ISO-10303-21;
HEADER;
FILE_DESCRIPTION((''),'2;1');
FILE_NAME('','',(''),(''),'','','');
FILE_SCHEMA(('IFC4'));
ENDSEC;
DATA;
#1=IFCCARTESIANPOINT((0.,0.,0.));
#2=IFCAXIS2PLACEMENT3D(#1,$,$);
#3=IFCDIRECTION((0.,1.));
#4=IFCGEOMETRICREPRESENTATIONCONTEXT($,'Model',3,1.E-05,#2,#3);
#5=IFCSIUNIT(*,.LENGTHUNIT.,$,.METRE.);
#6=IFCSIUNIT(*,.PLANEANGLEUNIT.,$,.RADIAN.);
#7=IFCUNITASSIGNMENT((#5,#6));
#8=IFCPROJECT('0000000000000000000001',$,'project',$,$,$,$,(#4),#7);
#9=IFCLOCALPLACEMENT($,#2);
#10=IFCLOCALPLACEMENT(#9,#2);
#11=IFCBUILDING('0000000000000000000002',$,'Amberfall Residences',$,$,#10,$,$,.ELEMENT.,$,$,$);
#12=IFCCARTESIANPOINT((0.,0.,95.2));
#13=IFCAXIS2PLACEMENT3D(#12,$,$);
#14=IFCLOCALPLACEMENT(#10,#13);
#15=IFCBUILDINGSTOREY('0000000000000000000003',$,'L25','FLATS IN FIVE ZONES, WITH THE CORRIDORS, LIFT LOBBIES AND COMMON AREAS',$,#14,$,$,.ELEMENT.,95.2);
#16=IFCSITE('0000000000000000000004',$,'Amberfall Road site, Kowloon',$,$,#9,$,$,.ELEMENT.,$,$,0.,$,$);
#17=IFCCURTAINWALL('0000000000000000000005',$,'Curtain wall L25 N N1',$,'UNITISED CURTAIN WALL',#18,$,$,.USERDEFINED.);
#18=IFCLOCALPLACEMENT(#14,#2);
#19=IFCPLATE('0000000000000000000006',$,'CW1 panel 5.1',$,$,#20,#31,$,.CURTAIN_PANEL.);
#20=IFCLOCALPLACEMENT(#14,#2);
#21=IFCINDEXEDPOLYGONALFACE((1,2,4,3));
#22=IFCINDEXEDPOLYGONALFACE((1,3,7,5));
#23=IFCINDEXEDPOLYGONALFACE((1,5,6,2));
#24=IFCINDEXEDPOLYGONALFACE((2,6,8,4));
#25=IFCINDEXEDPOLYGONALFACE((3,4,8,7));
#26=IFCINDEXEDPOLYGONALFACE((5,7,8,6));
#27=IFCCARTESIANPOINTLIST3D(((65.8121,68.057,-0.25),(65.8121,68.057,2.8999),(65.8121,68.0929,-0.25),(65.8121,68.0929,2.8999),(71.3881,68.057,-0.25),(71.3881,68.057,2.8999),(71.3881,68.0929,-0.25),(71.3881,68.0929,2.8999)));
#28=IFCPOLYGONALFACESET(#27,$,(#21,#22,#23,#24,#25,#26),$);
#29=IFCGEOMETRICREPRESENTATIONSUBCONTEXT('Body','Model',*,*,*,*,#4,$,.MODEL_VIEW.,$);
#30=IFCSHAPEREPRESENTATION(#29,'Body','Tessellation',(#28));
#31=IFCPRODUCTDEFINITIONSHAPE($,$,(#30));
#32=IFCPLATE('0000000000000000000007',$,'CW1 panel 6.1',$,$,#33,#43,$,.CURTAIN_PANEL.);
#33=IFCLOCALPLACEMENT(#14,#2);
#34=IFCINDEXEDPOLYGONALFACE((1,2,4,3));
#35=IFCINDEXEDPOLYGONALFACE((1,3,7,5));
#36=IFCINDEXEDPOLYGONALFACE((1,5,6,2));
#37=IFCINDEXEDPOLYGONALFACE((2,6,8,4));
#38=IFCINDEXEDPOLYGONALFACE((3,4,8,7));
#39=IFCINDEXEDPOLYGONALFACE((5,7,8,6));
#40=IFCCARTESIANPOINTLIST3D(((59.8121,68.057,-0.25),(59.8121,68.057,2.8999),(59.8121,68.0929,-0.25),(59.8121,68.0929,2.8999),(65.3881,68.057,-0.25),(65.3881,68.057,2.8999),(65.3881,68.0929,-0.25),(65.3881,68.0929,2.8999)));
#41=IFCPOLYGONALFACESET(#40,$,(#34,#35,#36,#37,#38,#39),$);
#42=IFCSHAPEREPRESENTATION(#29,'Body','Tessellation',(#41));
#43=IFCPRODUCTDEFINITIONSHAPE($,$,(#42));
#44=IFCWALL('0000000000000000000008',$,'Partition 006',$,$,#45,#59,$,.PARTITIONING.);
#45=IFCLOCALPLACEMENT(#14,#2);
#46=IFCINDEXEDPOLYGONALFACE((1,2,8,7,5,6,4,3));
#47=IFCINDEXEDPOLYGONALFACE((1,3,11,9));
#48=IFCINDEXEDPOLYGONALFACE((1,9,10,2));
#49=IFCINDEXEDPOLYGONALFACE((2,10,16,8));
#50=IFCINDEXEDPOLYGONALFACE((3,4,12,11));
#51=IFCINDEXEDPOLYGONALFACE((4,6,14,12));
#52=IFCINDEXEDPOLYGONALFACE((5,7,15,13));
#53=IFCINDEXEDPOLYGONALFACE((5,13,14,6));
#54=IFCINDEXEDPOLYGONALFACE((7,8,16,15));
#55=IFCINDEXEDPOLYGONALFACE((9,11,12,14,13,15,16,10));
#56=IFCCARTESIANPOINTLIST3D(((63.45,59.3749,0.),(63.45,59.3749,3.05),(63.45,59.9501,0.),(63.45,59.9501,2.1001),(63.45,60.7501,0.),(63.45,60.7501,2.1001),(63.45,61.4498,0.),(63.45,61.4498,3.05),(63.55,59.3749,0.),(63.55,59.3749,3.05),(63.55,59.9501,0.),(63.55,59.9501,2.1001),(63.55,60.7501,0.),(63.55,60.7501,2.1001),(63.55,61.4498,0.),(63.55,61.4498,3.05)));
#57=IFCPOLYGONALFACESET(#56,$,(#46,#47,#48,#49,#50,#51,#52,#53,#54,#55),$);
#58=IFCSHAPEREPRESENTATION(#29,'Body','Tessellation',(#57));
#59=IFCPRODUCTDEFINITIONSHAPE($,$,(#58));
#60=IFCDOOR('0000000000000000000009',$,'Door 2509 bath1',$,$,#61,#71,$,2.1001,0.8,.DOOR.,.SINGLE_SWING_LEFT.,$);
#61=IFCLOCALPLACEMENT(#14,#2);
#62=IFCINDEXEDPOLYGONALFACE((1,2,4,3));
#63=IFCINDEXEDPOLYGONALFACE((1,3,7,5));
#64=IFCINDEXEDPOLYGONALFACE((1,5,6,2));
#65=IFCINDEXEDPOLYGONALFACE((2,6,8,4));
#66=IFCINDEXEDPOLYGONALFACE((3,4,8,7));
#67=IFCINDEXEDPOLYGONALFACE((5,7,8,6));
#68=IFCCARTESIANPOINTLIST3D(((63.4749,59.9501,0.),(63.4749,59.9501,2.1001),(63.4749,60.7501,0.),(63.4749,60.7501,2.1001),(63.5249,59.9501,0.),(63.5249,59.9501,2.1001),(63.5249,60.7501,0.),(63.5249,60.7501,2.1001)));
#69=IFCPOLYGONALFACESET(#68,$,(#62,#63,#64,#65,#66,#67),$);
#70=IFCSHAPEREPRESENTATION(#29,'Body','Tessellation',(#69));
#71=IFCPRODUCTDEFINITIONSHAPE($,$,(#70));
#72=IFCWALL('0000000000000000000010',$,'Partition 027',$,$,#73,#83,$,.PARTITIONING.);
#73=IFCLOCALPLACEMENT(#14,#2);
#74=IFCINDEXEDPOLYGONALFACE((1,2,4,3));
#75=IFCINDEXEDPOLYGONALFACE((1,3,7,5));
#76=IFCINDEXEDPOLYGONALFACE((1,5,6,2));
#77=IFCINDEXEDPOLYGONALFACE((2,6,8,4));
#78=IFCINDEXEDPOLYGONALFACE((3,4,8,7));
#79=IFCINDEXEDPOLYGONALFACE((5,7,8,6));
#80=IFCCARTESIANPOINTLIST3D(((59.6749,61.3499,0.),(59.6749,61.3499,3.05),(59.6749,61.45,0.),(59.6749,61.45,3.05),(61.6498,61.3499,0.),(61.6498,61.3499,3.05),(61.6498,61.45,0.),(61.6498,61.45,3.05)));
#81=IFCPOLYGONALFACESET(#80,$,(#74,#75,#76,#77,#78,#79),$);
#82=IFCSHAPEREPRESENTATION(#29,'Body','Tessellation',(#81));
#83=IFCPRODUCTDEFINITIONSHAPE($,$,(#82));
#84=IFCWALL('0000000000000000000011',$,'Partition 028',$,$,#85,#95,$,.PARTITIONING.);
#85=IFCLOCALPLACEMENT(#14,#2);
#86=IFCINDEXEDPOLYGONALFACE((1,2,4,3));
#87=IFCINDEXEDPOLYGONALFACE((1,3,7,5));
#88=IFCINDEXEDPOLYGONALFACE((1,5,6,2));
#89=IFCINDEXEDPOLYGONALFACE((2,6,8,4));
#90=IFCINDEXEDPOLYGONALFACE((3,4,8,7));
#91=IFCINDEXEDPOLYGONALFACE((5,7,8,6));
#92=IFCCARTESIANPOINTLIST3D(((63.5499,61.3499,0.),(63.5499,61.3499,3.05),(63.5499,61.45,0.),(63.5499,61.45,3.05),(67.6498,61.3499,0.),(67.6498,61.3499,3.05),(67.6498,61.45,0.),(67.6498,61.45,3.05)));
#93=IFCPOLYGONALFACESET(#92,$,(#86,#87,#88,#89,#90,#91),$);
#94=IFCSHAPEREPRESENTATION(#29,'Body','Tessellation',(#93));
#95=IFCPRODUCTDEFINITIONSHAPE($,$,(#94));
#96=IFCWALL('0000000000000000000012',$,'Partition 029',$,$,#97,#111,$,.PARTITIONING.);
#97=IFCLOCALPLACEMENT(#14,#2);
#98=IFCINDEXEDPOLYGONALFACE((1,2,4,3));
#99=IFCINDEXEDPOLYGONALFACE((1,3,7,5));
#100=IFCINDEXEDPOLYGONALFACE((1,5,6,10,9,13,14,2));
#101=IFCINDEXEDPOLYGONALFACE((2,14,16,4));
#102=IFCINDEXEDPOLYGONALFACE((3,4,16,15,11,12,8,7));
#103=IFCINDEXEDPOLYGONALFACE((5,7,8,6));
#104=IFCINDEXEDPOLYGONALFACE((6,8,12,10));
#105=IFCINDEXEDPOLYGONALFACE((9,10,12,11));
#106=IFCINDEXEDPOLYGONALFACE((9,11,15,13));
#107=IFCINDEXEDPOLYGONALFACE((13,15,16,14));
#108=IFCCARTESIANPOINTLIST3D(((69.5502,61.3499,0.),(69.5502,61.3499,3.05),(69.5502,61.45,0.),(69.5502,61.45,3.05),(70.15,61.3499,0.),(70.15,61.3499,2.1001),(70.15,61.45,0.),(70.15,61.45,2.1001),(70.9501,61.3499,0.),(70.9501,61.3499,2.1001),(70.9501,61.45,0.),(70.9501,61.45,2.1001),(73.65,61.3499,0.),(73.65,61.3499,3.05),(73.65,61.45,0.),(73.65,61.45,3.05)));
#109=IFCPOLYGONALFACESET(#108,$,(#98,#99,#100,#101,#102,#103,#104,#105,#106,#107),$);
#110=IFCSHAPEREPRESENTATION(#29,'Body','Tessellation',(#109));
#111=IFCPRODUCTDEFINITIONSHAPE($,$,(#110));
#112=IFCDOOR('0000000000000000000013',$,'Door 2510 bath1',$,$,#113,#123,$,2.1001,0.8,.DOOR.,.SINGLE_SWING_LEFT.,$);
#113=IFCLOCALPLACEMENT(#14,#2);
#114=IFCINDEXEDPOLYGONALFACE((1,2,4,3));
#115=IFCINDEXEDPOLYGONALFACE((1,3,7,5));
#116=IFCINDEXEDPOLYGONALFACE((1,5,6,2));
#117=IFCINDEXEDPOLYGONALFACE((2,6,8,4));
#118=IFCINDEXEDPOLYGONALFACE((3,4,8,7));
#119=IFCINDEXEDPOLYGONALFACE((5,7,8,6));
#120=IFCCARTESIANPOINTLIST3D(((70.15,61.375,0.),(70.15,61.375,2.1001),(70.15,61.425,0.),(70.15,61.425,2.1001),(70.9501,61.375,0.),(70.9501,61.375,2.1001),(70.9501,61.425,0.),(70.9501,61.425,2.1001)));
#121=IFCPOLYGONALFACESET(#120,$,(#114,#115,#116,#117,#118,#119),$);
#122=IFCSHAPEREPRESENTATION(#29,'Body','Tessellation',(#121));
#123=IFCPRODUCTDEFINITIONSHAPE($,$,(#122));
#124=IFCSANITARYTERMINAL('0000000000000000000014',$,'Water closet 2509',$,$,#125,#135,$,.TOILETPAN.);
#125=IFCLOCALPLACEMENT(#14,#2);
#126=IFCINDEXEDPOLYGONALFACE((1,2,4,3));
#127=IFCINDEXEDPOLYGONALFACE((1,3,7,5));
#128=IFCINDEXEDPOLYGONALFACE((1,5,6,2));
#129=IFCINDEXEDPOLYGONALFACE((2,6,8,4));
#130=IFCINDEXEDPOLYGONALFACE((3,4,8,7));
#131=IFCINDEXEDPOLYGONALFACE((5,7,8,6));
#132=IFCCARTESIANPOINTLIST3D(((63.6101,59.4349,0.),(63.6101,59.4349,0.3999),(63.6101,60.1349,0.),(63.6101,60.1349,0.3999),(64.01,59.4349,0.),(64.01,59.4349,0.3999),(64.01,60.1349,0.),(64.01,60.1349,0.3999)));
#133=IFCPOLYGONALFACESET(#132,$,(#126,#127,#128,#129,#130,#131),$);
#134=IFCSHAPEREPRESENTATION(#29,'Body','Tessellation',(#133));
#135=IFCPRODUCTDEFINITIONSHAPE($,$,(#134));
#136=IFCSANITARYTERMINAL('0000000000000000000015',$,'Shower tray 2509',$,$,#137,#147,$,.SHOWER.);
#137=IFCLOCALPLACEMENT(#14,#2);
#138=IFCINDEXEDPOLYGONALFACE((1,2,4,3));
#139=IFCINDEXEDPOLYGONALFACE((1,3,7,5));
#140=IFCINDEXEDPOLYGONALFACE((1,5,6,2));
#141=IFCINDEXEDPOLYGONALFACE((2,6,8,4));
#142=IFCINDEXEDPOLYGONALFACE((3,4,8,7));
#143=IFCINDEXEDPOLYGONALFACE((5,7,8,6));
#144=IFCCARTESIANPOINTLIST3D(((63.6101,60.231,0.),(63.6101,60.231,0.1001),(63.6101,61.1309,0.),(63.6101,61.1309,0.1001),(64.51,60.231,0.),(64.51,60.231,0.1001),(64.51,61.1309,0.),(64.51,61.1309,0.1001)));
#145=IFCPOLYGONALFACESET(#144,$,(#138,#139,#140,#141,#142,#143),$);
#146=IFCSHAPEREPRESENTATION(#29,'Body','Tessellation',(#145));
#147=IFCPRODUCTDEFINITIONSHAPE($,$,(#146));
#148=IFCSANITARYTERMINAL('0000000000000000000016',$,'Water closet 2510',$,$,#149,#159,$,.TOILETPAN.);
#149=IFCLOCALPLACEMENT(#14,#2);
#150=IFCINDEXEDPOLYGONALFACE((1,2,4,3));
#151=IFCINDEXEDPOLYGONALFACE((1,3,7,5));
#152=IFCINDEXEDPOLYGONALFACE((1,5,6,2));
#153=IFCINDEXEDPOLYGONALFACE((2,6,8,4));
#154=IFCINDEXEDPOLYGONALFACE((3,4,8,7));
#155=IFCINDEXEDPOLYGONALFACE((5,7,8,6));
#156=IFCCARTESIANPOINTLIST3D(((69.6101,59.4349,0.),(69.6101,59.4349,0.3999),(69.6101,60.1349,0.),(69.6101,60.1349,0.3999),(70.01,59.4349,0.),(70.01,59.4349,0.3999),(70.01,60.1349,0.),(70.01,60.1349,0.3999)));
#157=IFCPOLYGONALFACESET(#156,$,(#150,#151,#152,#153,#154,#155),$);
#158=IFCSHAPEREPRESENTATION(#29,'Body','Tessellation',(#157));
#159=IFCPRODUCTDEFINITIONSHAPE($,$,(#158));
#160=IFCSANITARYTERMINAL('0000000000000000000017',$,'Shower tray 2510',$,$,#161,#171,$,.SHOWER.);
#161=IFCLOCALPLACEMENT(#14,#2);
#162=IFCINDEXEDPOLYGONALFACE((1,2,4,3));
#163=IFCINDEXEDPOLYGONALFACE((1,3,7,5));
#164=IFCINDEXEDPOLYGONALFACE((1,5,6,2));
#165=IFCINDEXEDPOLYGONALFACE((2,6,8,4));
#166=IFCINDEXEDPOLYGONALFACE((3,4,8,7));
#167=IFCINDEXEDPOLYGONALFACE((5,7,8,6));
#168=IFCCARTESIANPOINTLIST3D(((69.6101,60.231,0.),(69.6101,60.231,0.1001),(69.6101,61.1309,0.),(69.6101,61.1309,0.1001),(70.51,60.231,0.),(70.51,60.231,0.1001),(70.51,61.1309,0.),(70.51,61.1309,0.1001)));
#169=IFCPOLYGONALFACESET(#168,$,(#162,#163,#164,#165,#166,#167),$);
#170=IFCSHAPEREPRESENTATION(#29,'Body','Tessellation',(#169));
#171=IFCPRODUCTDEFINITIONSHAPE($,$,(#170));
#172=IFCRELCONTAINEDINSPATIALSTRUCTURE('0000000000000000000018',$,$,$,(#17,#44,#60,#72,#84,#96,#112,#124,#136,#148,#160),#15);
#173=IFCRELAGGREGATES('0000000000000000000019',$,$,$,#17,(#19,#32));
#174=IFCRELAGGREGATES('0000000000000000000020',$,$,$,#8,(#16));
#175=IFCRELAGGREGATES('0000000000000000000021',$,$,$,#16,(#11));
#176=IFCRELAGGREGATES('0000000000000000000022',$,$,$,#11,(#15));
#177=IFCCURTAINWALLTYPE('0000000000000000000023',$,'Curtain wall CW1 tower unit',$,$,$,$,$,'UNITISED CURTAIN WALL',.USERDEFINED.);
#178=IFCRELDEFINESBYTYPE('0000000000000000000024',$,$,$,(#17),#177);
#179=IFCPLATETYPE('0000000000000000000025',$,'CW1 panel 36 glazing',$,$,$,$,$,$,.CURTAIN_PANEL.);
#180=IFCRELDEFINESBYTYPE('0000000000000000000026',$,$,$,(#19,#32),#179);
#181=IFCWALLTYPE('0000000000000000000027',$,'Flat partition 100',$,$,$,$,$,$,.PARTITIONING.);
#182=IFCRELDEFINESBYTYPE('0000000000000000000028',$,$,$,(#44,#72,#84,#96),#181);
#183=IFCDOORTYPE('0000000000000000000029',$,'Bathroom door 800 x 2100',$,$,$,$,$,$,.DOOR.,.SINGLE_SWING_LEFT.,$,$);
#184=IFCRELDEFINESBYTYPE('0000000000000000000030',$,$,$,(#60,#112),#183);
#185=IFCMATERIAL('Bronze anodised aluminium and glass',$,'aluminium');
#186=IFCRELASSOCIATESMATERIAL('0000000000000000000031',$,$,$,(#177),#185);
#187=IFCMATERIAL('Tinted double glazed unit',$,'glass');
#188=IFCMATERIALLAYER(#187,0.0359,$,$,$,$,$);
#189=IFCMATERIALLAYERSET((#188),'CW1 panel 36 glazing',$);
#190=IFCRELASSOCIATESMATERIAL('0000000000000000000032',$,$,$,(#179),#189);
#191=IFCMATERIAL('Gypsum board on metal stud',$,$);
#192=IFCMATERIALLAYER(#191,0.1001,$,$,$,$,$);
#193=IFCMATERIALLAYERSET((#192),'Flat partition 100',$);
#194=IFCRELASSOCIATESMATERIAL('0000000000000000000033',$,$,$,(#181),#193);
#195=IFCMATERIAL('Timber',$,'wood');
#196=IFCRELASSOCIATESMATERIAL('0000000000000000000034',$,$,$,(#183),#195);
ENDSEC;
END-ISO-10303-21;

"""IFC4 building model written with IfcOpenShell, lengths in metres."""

from ifc_helpers import new_model, si_unit, direction, frame, frame_2d, origin, origin_2d, place, context, subcontext, project, spatial, rectangle, extrude, material, layer, layer_set, type_object, element, fill, aggregate, save


model = new_model("IFC4")

# Units and contexts
model_context = context("Model", 3, precision=1e-05, world=origin(), true_north=direction((0.0, 1.0)))
body_context = subcontext(model_context, "Body", "Model", "MODEL_VIEW")
ifc_project = project(units=[si_unit("LENGTHUNIT", "METRE"), si_unit("PLANEANGLEUNIT", "RADIAN")], contexts=[model_context])

# Site, building, storey
site_placement = place(None, origin())
site = spatial("IfcSite", under=ifc_project, at=site_placement, Name="Amberfall Road site, Kowloon", CompositionType="ELEMENT", RefElevation=0.0)
building_placement = place(site_placement, origin())
building = spatial("IfcBuilding", under=site, at=building_placement, Name="Amberfall Residences", CompositionType="ELEMENT")
storey_placement = place(building_placement, frame((0.0, 0.0, 95.2)))
storey = spatial("IfcBuildingStorey", under=building, at=storey_placement, Name="L25", Description="FLATS IN FIVE ZONES, WITH THE CORRIDORS, LIFT LOBBIES AND COMMON AREAS", CompositionType="ELEMENT", Elevation=95.2)

# Curtain wall
ifc_material_1 = material(Name="Bronze anodised aluminium and glass", Category="aluminium")
curtain_wall_type = type_object("IfcCurtainWallType", Name="Curtain wall CW1 tower unit", ElementType="UNITISED CURTAIN WALL", PredefinedType="USERDEFINED", material=ifc_material_1)
curtain_wall_placement = place(storey_placement, origin())
curtain_wall = element("IfcCurtainWall", 1, at=curtain_wall_placement, inside=storey, type_object=curtain_wall_type, Name="Curtain wall L25 N N1", ObjectType="UNITISED CURTAIN WALL", PredefinedType="USERDEFINED")

# Plates
ifc_material_2 = material(Name="Tinted double glazed unit", Category="glass")
ifc_layer_1 = layer(ifc_material_2, 0.0359)
ifc_layer_set_1 = layer_set([ifc_layer_1], Name="CW1 panel 36 glazing")
plate_type = type_object("IfcPlateType", Name="CW1 panel 36 glazing", PredefinedType="CURTAIN_PANEL", material=ifc_layer_set_1)
plate_1_placement = place(storey_placement, frame((68.6001, 68.075, -0.25), z_axis=(0.0, 0.0, 1.0), x_axis=(-1.0, 0.0, 0.0)))
plate_1 = element("IfcPlate", 2, at=plate_1_placement, type_object=plate_type, Name="CW1 panel 5.1", PredefinedType="CURTAIN_PANEL", context=body_context, shape_type="SweptSolid", body=[
    extrude(rectangle(XDim=5.5759, YDim=0.0359, at=origin_2d()), origin(), (0.0, 0.0, 1.0), 3.1499),
])
plate_2_placement = place(storey_placement, frame((62.6001, 68.075, -0.25), z_axis=(0.0, 0.0, 1.0), x_axis=(-1.0, 0.0, 0.0)))
plate_2 = element("IfcPlate", 3, at=plate_2_placement, type_object=plate_type, Name="CW1 panel 6.1", PredefinedType="CURTAIN_PANEL", context=body_context, shape_type="SweptSolid", body=[
    extrude(rectangle(XDim=5.5759, YDim=0.0359, at=origin_2d()), origin(), (0.0, 0.0, 1.0), 3.1499),
])
aggregate(curtain_wall, [plate_1, plate_2])

# Wall, opening, door
ifc_material_3 = material(Name="Gypsum board on metal stud")
ifc_layer_2 = layer(ifc_material_3, 0.1001)
ifc_layer_set_2 = layer_set([ifc_layer_2], Name="Flat partition 100")
wall_type = type_object("IfcWallType", Name="Flat partition 100", PredefinedType="PARTITIONING", material=ifc_layer_set_2)
wall_1_placement = place(storey_placement, frame((63.5, 61.45, 0.0), z_axis=(0.0, 0.0, 1.0), x_axis=(0.0, -1.0, 0.0)))
wall_1 = element("IfcWall", 4, at=wall_1_placement, inside=storey, type_object=wall_type, Name="Partition 006", PredefinedType="PARTITIONING", context=body_context, shape_type="SweptSolid", body=[
    extrude(rectangle(XDim=2.075, YDim=0.1001, at=frame_2d((1.0376, 0.0))), origin(), (0.0, 0.0, 1.0), 3.05),
])
opening_1_placement = place(wall_1_placement, frame((0.7, 0.0, 0.0)))
opening_1 = element("IfcOpeningElement", 5, at=opening_1_placement, cuts=wall_1, PredefinedType="OPENING", context=body_context, shape_type="SweptSolid", body=[
    extrude(rectangle(XDim=0.8, YDim=2.1001, at=frame_2d((0.3999, 1.05))), frame((0.0, 0.0601, 0.0), z_axis=(0.0, -1.0, 0.0), x_axis=(1.0, 0.0, 0.0)), (0.0, 0.0, 1.0), 0.1201),
])
ifc_material_4 = material(Name="Timber", Category="wood")
door_type = type_object("IfcDoorType", Name="Bathroom door 800 x 2100", OperationType="SINGLE_SWING_LEFT", PredefinedType="DOOR", material=ifc_material_4)
door_1_placement = place(opening_1_placement, origin())
door_1 = element("IfcDoor", 6, at=door_1_placement, inside=storey, type_object=door_type, Name="Door 2509 bath1", OperationType="SINGLE_SWING_LEFT", OverallHeight=2.1001, OverallWidth=0.8, PredefinedType="DOOR", context=body_context, shape_type="SweptSolid", body=[
    extrude(rectangle(XDim=0.8, YDim=2.1001, at=frame_2d((0.3999, 1.05))), frame((0.0, 0.0249, 0.0), z_axis=(0.0, -1.0, 0.0), x_axis=(1.0, 0.0, 0.0)), (0.0, 0.0, 1.0), 0.05),
])
fill(opening_1, door_1)

# Walls
wall_2_placement = place(storey_placement, frame((59.675, 61.3999, 0.0), z_axis=(0.0, 0.0, 1.0), x_axis=(1.0, 0.0, 0.0)))
element("IfcWall", 7, at=wall_2_placement, inside=storey, type_object=wall_type, Name="Partition 027", PredefinedType="PARTITIONING", context=body_context, shape_type="SweptSolid", body=[
    extrude(rectangle(XDim=1.9749, YDim=0.1001, at=frame_2d((0.9873, 0.0))), origin(), (0.0, 0.0, 1.0), 3.05),
])
wall_3_placement = place(storey_placement, frame((63.55, 61.3999, 0.0), z_axis=(0.0, 0.0, 1.0), x_axis=(1.0, 0.0, 0.0)))
element("IfcWall", 8, at=wall_3_placement, inside=storey, type_object=wall_type, Name="Partition 028", PredefinedType="PARTITIONING", context=body_context, shape_type="SweptSolid", body=[
    extrude(rectangle(XDim=4.0999, YDim=0.1001, at=frame_2d((2.0498, 0.0))), origin(), (0.0, 0.0, 1.0), 3.05),
])

# Wall, opening, door
wall_4_placement = place(storey_placement, frame((73.6499, 61.3999, 0.0), z_axis=(0.0, 0.0, 1.0), x_axis=(-1.0, 0.0, 0.0)))
wall_4 = element("IfcWall", 9, at=wall_4_placement, inside=storey, type_object=wall_type, Name="Partition 029", PredefinedType="PARTITIONING", context=body_context, shape_type="SweptSolid", body=[
    extrude(rectangle(XDim=4.0999, YDim=0.1001, at=frame_2d((2.0498, 0.0))), origin(), (0.0, 0.0, 1.0), 3.05),
])
opening_2_placement = place(wall_4_placement, frame((2.7, 0.0, 0.0)))
opening_2 = element("IfcOpeningElement", 10, at=opening_2_placement, cuts=wall_4, PredefinedType="OPENING", context=body_context, shape_type="SweptSolid", body=[
    extrude(rectangle(XDim=0.8, YDim=2.1001, at=frame_2d((0.3999, 1.05))), frame((0.0, 0.0601, 0.0), z_axis=(0.0, -1.0, 0.0), x_axis=(1.0, 0.0, 0.0)), (0.0, 0.0, 1.0), 0.1201),
])
door_2_placement = place(opening_2_placement, origin())
door_2 = element("IfcDoor", 11, at=door_2_placement, inside=storey, type_object=door_type, Name="Door 2510 bath1", OperationType="SINGLE_SWING_LEFT", OverallHeight=2.1001, OverallWidth=0.8, PredefinedType="DOOR", context=body_context, shape_type="SweptSolid", body=[
    extrude(rectangle(XDim=0.8, YDim=2.1001, at=frame_2d((0.3999, 1.05))), frame((0.0, 0.0249, 0.0), z_axis=(0.0, -1.0, 0.0), x_axis=(1.0, 0.0, 0.0)), (0.0, 0.0, 1.0), 0.05),
])
fill(opening_2, door_2)

# Sanitary terminals
sanitary_terminal_1_placement = place(storey_placement, frame((63.8101, 59.7849, 0.0), z_axis=(0.0, 0.0, 1.0), x_axis=(1.0, 0.0, 0.0)))
element("IfcSanitaryTerminal", 12, at=sanitary_terminal_1_placement, inside=storey, Name="Water closet 2509", PredefinedType="TOILETPAN", context=body_context, shape_type="SweptSolid", body=[
    extrude(rectangle(XDim=0.3999, YDim=0.7, at=origin_2d()), origin(), (0.0, 0.0, 1.0), 0.3999),
])
sanitary_terminal_2_placement = place(storey_placement, frame((64.0601, 60.6809, 0.0), z_axis=(0.0, 0.0, 1.0), x_axis=(1.0, 0.0, 0.0)))
element("IfcSanitaryTerminal", 13, at=sanitary_terminal_2_placement, inside=storey, Name="Shower tray 2509", PredefinedType="SHOWER", context=body_context, shape_type="SweptSolid", body=[
    extrude(rectangle(XDim=0.8999, YDim=0.8999, at=origin_2d()), origin(), (0.0, 0.0, 1.0), 0.1001),
])
sanitary_terminal_3_placement = place(storey_placement, frame((69.8101, 59.7849, 0.0), z_axis=(0.0, 0.0, 1.0), x_axis=(1.0, 0.0, 0.0)))
element("IfcSanitaryTerminal", 14, at=sanitary_terminal_3_placement, inside=storey, Name="Water closet 2510", PredefinedType="TOILETPAN", context=body_context, shape_type="SweptSolid", body=[
    extrude(rectangle(XDim=0.3999, YDim=0.7, at=origin_2d()), origin(), (0.0, 0.0, 1.0), 0.3999),
])
sanitary_terminal_4_placement = place(storey_placement, frame((70.0601, 60.6809, 0.0), z_axis=(0.0, 0.0, 1.0), x_axis=(1.0, 0.0, 0.0)))
element("IfcSanitaryTerminal", 15, at=sanitary_terminal_4_placement, inside=storey, Name="Shower tray 2510", PredefinedType="SHOWER", context=body_context, shape_type="SweptSolid", body=[
    extrude(rectangle(XDim=0.8999, YDim=0.8999, at=origin_2d()), origin(), (0.0, 0.0, 1.0), 0.1001),
])

save(model, "model.ifc")
